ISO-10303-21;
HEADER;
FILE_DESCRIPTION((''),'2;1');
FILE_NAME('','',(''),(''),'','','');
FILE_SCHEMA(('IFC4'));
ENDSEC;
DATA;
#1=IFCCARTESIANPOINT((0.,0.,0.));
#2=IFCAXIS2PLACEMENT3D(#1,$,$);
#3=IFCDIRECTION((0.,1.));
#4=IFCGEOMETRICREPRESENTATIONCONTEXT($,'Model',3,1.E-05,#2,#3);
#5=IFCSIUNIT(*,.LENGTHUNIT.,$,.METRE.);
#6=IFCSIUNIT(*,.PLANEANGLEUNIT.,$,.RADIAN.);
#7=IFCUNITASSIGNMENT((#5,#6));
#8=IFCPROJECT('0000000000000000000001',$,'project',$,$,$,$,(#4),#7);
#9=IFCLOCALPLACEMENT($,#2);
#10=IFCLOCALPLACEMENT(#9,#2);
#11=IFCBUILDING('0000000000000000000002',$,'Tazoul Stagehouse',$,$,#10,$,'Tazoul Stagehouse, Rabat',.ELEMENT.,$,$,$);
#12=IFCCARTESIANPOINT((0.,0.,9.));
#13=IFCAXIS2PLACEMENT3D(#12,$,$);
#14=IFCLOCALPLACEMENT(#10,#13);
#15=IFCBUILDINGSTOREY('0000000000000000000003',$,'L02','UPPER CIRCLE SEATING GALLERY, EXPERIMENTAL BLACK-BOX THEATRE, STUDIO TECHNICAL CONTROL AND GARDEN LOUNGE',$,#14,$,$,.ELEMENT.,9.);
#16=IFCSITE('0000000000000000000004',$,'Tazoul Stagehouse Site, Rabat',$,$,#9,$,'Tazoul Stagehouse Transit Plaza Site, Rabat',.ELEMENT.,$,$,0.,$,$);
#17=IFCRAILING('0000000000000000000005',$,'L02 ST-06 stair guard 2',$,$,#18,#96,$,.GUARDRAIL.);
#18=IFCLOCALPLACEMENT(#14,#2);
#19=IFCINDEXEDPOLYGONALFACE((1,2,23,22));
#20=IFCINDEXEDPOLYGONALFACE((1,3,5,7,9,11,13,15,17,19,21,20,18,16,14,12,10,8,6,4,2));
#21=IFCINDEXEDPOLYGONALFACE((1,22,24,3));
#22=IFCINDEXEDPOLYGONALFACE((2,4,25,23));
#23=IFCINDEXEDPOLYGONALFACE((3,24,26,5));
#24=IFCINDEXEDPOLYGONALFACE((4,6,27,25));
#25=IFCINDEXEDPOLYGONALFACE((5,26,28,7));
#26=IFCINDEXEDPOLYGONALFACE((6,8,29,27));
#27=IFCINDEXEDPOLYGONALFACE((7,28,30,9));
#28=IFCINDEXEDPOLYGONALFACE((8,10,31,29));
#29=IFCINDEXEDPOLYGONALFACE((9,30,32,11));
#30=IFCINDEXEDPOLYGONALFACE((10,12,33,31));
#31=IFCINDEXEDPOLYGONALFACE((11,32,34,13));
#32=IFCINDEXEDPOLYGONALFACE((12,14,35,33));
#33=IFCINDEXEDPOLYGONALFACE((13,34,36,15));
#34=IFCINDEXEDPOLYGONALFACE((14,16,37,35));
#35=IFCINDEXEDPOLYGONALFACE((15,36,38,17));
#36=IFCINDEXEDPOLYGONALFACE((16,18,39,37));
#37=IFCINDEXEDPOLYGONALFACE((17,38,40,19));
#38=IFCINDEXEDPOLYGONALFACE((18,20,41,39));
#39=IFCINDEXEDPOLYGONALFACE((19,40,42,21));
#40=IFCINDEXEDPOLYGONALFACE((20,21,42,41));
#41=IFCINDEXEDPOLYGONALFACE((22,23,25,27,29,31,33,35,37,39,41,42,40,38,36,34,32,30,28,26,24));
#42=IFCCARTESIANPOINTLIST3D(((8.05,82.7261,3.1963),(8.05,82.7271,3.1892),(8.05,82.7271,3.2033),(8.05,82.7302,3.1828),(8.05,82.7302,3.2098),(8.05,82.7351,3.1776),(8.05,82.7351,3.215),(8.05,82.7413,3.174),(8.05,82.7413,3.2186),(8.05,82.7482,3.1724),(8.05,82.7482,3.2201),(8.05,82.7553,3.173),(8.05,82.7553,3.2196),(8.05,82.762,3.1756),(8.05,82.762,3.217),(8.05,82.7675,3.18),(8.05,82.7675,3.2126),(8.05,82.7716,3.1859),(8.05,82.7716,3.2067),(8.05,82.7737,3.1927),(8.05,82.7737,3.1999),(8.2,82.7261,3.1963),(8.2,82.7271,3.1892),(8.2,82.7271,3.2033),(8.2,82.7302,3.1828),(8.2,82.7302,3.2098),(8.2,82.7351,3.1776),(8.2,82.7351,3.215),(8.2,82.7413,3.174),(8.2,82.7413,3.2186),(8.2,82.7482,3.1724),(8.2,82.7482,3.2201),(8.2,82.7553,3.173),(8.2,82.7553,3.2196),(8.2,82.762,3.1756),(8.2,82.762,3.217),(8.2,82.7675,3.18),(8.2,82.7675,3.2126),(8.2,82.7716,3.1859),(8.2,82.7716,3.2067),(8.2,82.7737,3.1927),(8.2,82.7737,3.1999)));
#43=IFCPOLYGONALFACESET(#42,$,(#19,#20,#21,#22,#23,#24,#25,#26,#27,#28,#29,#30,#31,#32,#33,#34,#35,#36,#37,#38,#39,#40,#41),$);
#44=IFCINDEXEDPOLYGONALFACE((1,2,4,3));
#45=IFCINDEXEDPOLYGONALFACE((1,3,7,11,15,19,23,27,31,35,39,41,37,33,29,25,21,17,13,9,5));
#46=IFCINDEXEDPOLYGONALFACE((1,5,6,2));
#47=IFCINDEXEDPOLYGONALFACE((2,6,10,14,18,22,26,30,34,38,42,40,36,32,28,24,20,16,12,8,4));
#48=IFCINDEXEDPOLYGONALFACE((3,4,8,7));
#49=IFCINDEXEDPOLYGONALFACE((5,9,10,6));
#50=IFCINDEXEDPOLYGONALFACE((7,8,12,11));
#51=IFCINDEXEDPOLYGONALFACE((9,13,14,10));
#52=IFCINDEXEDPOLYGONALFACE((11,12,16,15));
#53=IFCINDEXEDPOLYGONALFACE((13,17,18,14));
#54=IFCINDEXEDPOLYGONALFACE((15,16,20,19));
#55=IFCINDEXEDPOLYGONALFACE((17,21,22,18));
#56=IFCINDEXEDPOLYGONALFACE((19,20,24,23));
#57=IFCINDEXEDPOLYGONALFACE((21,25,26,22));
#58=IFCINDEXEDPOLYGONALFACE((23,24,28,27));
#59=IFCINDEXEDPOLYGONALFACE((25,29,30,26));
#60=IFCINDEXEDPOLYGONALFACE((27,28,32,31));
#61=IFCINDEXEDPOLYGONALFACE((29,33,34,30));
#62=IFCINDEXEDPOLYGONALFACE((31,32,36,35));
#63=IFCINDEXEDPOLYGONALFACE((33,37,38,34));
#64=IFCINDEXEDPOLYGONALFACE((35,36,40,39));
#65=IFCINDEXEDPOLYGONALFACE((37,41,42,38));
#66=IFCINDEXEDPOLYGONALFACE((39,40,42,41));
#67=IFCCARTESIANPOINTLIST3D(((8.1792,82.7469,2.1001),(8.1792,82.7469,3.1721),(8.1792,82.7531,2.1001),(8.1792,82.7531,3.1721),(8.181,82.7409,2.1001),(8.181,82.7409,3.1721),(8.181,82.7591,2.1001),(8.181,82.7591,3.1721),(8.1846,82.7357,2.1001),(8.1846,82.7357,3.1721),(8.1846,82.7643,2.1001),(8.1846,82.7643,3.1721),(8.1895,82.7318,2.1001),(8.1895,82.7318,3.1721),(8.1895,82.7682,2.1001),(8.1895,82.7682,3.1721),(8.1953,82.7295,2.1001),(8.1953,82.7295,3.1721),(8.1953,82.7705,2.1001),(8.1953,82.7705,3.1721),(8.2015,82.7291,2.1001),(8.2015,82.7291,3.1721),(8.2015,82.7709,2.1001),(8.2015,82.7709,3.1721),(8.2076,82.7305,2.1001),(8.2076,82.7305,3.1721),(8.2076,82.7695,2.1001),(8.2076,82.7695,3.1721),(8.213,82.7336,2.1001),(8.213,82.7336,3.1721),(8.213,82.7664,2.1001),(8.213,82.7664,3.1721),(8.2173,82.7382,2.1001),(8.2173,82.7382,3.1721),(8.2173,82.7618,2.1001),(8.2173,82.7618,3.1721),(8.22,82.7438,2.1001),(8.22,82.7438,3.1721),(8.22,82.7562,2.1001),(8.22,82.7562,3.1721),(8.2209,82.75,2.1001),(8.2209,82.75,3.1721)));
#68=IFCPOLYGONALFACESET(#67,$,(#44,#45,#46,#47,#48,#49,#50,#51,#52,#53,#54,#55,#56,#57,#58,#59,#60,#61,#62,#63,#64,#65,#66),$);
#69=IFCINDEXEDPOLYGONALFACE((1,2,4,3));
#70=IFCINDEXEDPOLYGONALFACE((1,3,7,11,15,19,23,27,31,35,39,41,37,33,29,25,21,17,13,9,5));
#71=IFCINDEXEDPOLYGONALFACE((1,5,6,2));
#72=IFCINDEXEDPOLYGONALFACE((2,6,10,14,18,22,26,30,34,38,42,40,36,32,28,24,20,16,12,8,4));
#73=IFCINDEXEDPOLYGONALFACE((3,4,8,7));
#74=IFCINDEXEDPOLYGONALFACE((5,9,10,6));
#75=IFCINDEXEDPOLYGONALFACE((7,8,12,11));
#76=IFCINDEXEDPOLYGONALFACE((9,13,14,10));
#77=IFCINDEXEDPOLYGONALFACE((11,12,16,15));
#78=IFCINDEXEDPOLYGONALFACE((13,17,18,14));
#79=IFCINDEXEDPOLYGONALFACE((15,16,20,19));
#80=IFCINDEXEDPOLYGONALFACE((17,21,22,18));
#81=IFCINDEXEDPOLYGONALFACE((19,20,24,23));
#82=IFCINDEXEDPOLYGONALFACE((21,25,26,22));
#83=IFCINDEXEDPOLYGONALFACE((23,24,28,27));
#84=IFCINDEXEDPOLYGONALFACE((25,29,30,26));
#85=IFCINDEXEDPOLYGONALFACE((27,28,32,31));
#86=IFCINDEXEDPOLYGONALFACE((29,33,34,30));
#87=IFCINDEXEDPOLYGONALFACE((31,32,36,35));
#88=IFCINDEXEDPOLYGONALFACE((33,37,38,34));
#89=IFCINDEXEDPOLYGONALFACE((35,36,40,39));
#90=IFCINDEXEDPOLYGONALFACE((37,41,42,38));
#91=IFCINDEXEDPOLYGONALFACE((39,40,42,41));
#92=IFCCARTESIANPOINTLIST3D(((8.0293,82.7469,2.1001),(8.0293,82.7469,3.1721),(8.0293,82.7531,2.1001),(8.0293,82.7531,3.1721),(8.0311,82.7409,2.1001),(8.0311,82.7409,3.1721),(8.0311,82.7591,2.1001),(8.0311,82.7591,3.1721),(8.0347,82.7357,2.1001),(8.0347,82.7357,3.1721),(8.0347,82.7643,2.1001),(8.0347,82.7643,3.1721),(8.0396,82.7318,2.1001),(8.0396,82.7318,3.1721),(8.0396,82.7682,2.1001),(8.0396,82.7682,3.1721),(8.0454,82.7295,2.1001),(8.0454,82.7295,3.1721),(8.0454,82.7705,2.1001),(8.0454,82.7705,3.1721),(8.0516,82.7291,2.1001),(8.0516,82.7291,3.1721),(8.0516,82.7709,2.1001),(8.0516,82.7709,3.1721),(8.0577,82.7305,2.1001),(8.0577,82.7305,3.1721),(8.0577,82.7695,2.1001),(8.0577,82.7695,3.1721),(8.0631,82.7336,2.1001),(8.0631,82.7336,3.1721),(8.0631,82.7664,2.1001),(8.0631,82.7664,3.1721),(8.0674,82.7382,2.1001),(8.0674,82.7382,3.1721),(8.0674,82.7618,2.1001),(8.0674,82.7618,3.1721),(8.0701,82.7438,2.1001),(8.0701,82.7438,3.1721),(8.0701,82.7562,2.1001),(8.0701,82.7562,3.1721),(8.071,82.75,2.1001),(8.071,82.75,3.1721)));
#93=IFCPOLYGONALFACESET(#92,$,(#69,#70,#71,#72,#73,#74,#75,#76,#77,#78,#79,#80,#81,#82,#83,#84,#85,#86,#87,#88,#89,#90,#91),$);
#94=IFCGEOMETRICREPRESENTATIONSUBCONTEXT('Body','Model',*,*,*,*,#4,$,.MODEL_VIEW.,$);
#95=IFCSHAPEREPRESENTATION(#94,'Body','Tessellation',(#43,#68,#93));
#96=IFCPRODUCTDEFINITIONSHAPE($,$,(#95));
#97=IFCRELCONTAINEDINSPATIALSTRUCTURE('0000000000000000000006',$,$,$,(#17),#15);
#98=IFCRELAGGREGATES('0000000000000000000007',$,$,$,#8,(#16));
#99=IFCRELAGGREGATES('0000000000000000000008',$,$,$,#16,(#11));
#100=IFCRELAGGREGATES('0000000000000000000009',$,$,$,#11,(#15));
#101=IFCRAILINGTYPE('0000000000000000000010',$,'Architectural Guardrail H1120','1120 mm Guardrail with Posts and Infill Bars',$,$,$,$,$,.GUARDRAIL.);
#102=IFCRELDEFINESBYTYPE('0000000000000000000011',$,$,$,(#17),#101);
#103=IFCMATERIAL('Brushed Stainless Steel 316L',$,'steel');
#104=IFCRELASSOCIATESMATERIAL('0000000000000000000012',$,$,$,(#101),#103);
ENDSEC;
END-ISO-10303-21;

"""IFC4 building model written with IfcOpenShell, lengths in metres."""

from ifc_helpers import new_model, si_unit, direction, frame, origin, origin_2d, place, context, subcontext, project, spatial, circle, extrude, material, material_profile, profile_set, type_object, element, save


model = new_model("IFC4")

# Units and contexts
model_context = context("Model", 3, precision=1e-05, world=origin(), true_north=direction((0.0, 1.0)))
body_context = subcontext(model_context, "Body", "Model", "MODEL_VIEW")
ifc_project = project(units=[si_unit("LENGTHUNIT", "METRE"), si_unit("PLANEANGLEUNIT", "RADIAN")], contexts=[model_context])

# Site, building, storey
site_placement = place(None, origin())
site = spatial("IfcSite", under=ifc_project, at=site_placement, Name="Tazoul Stagehouse Site, Rabat", LongName="Tazoul Stagehouse Transit Plaza Site, Rabat", CompositionType="ELEMENT", RefElevation=0.0)
building_placement = place(site_placement, origin())
building = spatial("IfcBuilding", under=site, at=building_placement, Name="Tazoul Stagehouse", LongName="Tazoul Stagehouse, Rabat", CompositionType="ELEMENT")
storey_placement = place(building_placement, frame((0.0, 0.0, 9.0)))
storey = spatial("IfcBuildingStorey", under=building, at=storey_placement, Name="L02", Description="UPPER CIRCLE SEATING GALLERY, EXPERIMENTAL BLACK-BOX THEATRE, STUDIO TECHNICAL CONTROL AND GARDEN LOUNGE", CompositionType="ELEMENT", Elevation=9.0)

# Railing
ifc_material_1 = material(Name="Brushed Stainless Steel 316L", Category="steel")
ifc_material_profile_1 = material_profile(ifc_material_1, circle(Radius=0.0239, at=origin_2d()), Name="SS RAIL D48")
ifc_profile_set_1 = profile_set([ifc_material_profile_1], Name="Brushed Stainless Steel 316L")
railing_type = type_object("IfcRailingType", Name="Architectural Guardrail H1120", Description="1120 mm Guardrail with Posts and Infill Bars", PredefinedType="GUARDRAIL", material=ifc_profile_set_1)
railing_1_placement = place(storey_placement, frame((8.2, 82.75, 2.1001)))
element("IfcRailing", 1, at=railing_1_placement, inside=storey, type_object=railing_type, Name="L02 ST-06 stair guard 2", PredefinedType="GUARDRAIL", context=body_context, shape_type="SweptSolid", body=[
    extrude(circle(Radius=0.0239, at=origin_2d()), frame((0.0, 0.0, 1.0962), z_axis=(-1.0, 0.0, 0.0), x_axis=(0.0, -1.0, 0.0)), (0.0, 0.0, 1.0), 0.1499),
    extrude(circle(Radius=0.021, at=origin_2d()), origin(), (0.0, 0.0, 1.0), 1.072),
    extrude(circle(Radius=0.021, at=origin_2d()), frame((-0.1499, 0.0, 0.0)), (0.0, 0.0, 1.0), 1.072),
])

save(model, "model.ifc")
